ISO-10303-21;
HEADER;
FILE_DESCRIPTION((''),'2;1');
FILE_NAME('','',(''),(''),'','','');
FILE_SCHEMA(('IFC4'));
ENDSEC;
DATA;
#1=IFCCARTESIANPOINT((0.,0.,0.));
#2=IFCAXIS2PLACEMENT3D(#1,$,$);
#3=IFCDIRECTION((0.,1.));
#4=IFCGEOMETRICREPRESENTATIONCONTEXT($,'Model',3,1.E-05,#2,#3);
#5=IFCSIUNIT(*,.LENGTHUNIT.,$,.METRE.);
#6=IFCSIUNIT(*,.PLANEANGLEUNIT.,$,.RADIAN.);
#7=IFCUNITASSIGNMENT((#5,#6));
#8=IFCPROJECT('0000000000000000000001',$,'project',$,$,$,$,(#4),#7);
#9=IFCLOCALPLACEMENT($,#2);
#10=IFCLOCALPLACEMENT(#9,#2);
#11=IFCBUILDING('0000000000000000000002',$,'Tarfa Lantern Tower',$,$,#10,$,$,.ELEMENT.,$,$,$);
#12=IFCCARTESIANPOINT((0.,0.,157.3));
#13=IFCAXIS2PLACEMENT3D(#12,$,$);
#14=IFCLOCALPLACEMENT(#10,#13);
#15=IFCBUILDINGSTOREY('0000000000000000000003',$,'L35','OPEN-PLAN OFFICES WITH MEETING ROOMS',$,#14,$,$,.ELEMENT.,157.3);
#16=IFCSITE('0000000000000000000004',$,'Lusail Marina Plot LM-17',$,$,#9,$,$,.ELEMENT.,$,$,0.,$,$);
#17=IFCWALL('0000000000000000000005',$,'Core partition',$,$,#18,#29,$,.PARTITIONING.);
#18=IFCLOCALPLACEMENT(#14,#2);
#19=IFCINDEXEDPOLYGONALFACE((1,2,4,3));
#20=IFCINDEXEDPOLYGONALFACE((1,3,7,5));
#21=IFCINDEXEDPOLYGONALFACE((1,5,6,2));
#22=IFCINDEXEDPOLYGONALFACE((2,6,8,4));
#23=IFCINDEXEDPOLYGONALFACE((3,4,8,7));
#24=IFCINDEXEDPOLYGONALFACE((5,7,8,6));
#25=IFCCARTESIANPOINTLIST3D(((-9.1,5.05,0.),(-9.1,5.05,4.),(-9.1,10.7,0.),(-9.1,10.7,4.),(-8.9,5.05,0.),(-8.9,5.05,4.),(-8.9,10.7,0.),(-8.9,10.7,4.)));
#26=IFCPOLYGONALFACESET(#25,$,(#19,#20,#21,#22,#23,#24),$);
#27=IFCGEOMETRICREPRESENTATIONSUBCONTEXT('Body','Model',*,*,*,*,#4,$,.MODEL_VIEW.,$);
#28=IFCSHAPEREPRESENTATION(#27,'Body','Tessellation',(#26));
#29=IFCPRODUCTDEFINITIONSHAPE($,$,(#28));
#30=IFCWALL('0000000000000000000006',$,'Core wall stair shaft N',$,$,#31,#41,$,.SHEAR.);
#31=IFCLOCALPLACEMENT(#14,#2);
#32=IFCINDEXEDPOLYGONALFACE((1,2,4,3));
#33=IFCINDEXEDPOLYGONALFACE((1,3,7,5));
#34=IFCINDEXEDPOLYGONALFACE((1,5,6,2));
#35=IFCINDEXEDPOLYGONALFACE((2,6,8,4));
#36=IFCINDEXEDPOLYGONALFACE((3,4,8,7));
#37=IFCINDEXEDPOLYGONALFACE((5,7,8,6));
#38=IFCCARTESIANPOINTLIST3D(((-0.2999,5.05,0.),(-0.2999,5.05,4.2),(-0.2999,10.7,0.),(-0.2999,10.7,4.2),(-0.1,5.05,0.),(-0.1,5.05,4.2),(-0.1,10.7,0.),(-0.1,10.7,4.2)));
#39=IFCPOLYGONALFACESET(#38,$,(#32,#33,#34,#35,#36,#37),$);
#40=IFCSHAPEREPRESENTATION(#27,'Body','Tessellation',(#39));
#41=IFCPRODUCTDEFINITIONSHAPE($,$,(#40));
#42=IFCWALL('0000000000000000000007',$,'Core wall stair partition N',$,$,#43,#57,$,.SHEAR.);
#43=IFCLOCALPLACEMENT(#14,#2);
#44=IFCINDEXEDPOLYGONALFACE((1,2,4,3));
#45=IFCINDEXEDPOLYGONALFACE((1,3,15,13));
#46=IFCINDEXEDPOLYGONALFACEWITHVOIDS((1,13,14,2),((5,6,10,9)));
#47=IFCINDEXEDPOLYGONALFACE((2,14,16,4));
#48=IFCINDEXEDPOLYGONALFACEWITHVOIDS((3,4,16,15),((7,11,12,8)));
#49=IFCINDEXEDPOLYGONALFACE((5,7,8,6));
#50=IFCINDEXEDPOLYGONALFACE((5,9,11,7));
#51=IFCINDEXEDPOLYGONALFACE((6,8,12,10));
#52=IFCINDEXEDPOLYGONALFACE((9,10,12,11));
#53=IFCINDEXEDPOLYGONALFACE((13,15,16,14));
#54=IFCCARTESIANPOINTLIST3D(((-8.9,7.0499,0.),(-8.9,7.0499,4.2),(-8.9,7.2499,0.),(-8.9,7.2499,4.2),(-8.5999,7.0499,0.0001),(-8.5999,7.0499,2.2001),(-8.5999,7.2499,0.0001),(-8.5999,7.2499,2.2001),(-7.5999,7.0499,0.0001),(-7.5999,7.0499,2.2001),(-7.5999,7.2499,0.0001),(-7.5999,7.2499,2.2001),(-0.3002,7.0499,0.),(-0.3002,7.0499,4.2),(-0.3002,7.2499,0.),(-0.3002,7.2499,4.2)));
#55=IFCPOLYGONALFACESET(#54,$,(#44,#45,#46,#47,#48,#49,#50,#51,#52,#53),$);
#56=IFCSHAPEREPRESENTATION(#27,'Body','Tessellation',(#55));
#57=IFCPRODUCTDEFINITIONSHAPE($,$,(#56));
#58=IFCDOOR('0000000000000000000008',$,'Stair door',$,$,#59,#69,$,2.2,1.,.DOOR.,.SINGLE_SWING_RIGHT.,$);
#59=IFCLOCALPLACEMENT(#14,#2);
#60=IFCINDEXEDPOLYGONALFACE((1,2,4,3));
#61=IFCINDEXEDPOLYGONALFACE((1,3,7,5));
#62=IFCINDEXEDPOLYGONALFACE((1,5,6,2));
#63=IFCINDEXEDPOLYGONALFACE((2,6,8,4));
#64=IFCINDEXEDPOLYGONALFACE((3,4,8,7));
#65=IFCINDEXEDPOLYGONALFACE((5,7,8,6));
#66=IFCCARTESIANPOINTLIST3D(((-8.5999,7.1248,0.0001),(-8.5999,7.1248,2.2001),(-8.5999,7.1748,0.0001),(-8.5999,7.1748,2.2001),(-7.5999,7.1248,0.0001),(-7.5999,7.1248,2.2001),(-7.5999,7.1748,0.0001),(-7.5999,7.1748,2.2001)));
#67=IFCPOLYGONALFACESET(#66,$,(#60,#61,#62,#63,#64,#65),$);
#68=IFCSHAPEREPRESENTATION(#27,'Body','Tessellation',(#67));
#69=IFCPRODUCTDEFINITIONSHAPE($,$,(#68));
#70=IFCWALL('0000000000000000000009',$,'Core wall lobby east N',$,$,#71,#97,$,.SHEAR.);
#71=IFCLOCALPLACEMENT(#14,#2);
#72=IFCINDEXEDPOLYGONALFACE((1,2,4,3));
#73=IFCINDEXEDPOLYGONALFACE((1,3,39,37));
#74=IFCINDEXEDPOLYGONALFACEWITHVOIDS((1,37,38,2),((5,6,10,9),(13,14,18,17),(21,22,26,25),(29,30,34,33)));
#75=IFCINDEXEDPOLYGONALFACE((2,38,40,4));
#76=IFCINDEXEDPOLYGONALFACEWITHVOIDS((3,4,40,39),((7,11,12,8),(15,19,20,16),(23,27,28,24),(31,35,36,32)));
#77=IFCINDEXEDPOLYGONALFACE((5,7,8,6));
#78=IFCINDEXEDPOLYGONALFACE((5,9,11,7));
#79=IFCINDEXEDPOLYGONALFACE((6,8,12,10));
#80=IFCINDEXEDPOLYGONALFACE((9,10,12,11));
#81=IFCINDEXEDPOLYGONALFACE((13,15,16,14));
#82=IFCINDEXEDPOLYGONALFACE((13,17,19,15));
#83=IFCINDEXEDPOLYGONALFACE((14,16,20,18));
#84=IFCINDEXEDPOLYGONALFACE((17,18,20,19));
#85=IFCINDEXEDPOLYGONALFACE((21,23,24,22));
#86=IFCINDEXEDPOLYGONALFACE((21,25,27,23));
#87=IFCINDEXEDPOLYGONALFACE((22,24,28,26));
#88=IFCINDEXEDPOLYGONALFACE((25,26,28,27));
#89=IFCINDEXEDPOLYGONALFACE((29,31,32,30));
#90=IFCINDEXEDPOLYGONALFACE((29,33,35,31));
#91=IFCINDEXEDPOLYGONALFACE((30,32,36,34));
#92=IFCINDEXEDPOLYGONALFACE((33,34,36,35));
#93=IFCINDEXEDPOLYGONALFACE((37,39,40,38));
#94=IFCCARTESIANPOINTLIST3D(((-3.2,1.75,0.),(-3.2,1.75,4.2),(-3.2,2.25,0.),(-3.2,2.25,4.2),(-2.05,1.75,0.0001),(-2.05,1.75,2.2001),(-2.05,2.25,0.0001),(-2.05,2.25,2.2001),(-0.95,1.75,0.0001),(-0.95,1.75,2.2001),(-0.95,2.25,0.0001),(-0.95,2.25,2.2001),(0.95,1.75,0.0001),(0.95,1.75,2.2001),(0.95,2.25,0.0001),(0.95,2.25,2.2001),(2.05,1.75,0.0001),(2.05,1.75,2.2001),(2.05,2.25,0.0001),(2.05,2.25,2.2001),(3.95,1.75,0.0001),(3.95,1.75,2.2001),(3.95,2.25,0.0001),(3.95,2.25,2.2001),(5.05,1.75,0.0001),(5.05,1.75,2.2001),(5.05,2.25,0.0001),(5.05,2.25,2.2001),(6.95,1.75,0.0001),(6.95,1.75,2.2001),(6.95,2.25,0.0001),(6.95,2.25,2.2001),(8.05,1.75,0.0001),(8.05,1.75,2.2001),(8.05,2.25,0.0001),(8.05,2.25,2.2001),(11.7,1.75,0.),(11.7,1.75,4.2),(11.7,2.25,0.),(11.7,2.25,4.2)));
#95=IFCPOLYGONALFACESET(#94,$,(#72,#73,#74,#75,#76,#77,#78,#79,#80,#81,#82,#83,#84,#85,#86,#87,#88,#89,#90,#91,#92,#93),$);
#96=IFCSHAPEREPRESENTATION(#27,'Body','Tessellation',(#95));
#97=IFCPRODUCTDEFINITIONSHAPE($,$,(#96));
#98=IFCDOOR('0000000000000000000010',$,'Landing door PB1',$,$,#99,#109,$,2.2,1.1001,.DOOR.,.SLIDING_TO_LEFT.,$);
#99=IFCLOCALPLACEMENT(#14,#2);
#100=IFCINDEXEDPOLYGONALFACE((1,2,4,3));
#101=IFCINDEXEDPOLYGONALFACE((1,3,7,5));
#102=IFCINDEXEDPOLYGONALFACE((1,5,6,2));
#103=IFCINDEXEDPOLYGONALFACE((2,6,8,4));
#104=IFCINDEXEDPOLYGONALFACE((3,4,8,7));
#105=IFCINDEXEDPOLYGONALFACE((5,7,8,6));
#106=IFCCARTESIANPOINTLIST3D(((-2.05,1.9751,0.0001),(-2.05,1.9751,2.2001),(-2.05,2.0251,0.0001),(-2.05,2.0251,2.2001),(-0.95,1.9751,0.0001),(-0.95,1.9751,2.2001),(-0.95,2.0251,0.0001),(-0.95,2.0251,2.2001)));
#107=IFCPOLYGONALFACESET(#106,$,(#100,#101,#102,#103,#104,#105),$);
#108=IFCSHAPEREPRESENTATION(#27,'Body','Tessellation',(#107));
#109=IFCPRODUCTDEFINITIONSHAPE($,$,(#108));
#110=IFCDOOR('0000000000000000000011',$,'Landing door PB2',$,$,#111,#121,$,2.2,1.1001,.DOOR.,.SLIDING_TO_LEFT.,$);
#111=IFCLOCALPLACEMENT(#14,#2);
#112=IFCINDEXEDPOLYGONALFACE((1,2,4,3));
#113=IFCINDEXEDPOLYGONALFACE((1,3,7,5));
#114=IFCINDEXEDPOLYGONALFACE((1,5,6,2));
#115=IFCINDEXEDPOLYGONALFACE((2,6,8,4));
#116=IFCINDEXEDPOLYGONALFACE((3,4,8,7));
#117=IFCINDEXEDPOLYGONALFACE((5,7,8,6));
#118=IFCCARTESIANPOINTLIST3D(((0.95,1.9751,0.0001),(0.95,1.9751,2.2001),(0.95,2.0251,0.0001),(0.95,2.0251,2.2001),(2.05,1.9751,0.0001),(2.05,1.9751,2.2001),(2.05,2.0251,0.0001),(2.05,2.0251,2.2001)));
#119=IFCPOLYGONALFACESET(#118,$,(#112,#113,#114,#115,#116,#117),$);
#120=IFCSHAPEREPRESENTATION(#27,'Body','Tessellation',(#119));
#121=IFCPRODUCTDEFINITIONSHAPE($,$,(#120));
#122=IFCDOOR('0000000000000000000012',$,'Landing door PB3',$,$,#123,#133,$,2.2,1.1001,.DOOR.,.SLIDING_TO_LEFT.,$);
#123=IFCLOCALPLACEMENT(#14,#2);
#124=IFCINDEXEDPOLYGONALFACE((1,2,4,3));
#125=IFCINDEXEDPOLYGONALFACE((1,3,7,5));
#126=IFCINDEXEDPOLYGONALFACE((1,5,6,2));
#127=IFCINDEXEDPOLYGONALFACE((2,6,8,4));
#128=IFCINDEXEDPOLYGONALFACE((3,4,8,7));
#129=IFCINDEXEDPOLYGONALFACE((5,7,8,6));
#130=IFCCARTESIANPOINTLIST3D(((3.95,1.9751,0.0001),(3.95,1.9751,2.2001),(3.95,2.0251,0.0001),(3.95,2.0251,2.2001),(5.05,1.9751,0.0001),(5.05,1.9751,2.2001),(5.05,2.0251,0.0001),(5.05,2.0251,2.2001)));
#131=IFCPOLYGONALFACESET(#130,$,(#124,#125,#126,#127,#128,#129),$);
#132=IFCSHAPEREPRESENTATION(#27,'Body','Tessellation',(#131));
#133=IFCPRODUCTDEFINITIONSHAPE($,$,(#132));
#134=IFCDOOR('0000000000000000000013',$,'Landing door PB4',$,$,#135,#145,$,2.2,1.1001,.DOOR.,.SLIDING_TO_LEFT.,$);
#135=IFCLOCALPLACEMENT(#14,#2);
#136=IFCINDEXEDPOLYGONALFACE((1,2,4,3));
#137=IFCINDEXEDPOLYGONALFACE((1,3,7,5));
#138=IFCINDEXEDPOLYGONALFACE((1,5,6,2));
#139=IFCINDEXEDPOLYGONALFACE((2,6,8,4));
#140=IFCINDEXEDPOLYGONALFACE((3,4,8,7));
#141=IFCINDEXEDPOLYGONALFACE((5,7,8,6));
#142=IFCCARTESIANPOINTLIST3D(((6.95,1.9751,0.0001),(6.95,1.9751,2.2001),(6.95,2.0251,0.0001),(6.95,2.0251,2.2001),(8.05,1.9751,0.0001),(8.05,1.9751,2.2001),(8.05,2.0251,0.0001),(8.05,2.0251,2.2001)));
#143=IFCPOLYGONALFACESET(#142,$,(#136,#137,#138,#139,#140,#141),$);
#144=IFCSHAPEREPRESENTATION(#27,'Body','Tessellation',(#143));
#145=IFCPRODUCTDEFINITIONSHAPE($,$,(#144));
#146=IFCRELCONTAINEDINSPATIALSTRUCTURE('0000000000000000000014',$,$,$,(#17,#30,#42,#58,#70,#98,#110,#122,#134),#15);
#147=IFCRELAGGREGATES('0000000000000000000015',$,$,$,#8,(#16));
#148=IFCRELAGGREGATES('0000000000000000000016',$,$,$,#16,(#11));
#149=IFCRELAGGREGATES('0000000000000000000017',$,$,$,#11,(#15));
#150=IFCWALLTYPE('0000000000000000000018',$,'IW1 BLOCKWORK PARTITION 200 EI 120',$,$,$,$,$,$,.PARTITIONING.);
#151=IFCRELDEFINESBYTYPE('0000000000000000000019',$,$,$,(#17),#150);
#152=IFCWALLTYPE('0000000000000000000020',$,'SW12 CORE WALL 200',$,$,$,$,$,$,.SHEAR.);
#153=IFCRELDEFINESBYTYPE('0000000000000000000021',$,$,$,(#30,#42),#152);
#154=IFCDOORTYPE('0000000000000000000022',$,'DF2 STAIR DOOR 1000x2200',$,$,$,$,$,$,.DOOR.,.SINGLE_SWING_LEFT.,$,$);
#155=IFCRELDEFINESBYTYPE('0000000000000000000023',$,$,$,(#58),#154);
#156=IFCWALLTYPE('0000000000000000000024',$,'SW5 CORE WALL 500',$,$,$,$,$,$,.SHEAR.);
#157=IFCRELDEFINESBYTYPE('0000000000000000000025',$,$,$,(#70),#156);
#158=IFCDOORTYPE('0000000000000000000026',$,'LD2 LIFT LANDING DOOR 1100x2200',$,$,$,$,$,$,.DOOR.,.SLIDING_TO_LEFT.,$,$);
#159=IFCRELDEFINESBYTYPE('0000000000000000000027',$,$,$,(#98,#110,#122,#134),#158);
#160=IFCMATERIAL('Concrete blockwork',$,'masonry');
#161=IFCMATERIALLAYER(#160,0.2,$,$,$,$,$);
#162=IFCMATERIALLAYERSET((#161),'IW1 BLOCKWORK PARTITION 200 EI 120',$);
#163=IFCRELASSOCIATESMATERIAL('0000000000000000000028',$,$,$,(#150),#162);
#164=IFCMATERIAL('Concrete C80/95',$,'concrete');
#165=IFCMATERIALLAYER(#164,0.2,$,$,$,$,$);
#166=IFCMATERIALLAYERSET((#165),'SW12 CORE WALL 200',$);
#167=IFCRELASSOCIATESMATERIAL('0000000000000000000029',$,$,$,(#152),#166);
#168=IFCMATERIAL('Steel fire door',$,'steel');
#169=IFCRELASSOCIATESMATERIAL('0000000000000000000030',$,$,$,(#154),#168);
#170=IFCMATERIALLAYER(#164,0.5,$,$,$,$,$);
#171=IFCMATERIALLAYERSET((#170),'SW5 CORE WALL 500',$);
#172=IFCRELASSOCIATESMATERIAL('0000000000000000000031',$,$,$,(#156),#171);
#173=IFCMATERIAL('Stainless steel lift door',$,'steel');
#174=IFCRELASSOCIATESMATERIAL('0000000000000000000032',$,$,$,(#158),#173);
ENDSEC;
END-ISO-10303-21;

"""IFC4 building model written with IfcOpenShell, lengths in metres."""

from ifc_helpers import new_model, si_unit, direction, frame, frame_2d, origin, place, context, subcontext, project, spatial, rectangle, extrude, material, layer, layer_set, type_object, element, fill, save


model = new_model("IFC4")

# Units and contexts
model_context = context("Model", 3, precision=1e-05, world=origin(), true_north=direction((0.0, 1.0)))
body_context = subcontext(model_context, "Body", "Model", "MODEL_VIEW")
ifc_project = project(units=[si_unit("LENGTHUNIT", "METRE"), si_unit("PLANEANGLEUNIT", "RADIAN")], contexts=[model_context])

# Site, building, storey
site_placement = place(None, origin())
site = spatial("IfcSite", under=ifc_project, at=site_placement, Name="Lusail Marina Plot LM-17", CompositionType="ELEMENT", RefElevation=0.0)
building_placement = place(site_placement, origin())
building = spatial("IfcBuilding", under=site, at=building_placement, Name="Tarfa Lantern Tower", CompositionType="ELEMENT")
storey_placement = place(building_placement, frame((0.0, 0.0, 157.3)))
storey = spatial("IfcBuildingStorey", under=building, at=storey_placement, Name="L35", Description="OPEN-PLAN OFFICES WITH MEETING ROOMS", CompositionType="ELEMENT", Elevation=157.3)

# Walls
ifc_material_1 = material(Name="Concrete blockwork", Category="masonry")
ifc_layer_1 = layer(ifc_material_1, 0.2)
ifc_layer_set_1 = layer_set([ifc_layer_1], Name="IW1 BLOCKWORK PARTITION 200 EI 120")
wall_type_1 = type_object("IfcWallType", Name="IW1 BLOCKWORK PARTITION 200 EI 120", PredefinedType="PARTITIONING", material=ifc_layer_set_1)
wall_1_placement = place(storey_placement, frame((-9.0, 5.05, 0.0), z_axis=(0.0, 0.0, 1.0), x_axis=(0.0, 1.0, 0.0)))
element("IfcWall", 1, at=wall_1_placement, inside=storey, type_object=wall_type_1, Name="Core partition", PredefinedType="PARTITIONING", context=body_context, shape_type="SweptSolid", body=[
    extrude(rectangle(XDim=5.6499, YDim=0.2, at=frame_2d((2.825, 0.0))), origin(), (0.0, 0.0, 1.0), 4.0),
])
ifc_material_2 = material(Name="Concrete C80/95", Category="concrete")
ifc_layer_2 = layer(ifc_material_2, 0.2)
ifc_layer_set_2 = layer_set([ifc_layer_2], Name="SW12 CORE WALL 200")
wall_type_2 = type_object("IfcWallType", Name="SW12 CORE WALL 200", PredefinedType="SHEAR", material=ifc_layer_set_2)
wall_2_placement = place(storey_placement, frame((-0.2, 5.05, 0.0), z_axis=(0.0, 0.0, 1.0), x_axis=(0.0, 1.0, 0.0)))
element("IfcWall", 2, at=wall_2_placement, inside=storey, type_object=wall_type_2, Name="Core wall stair shaft N", PredefinedType="SHEAR", context=body_context, shape_type="SweptSolid", body=[
    extrude(rectangle(XDim=5.6499, YDim=0.2, at=frame_2d((2.825, 0.0))), origin(), (0.0, 0.0, 1.0), 4.2),
])

# Wall, opening, door
wall_3_placement = place(storey_placement, frame((-8.8999, 7.1499, 0.0), z_axis=(0.0, 0.0, 1.0), x_axis=(1.0, 0.0, 0.0)))
wall_3 = element("IfcWall", 3, at=wall_3_placement, inside=storey, type_object=wall_type_2, Name="Core wall stair partition N", PredefinedType="SHEAR", context=body_context, shape_type="SweptSolid", body=[
    extrude(rectangle(XDim=8.5999, YDim=0.2, at=frame_2d((4.2998, 0.0))), origin(), (0.0, 0.0, 1.0), 4.2),
])
opening_1_placement = place(wall_3_placement, frame((0.3, 0.0, 0.0)))
opening_1 = element("IfcOpeningElement", 4, at=opening_1_placement, cuts=wall_3, PredefinedType="OPENING", context=body_context, shape_type="SweptSolid", body=[
    extrude(rectangle(XDim=1.0, YDim=2.2, at=frame_2d((0.5, 1.1001))), frame((0.0, 0.1099, 0.0), z_axis=(0.0, -1.0, 0.0), x_axis=(1.0, 0.0, 0.0)), (0.0, 0.0, 1.0), 0.22),
])
ifc_material_3 = material(Name="Steel fire door", Category="steel")
door_type_1 = type_object("IfcDoorType", Name="DF2 STAIR DOOR 1000x2200", OperationType="SINGLE_SWING_LEFT", PredefinedType="DOOR", material=ifc_material_3)
door_1_placement = place(opening_1_placement, origin())
door_1 = element("IfcDoor", 5, at=door_1_placement, inside=storey, type_object=door_type_1, Name="Stair door", OperationType="SINGLE_SWING_RIGHT", OverallHeight=2.2, OverallWidth=1.0, PredefinedType="DOOR", context=body_context, shape_type="SweptSolid", body=[
    extrude(rectangle(XDim=1.0, YDim=2.2, at=frame_2d((0.5, 1.1001))), frame((0.0, 0.0249, 0.0), z_axis=(0.0, -1.0, 0.0), x_axis=(1.0, 0.0, 0.0)), (0.0, 0.0, 1.0), 0.05),
])
fill(opening_1, door_1)

# Wall, openings, doors
ifc_layer_3 = layer(ifc_material_2, 0.5)
ifc_layer_set_3 = layer_set([ifc_layer_3], Name="SW5 CORE WALL 500")
wall_type_3 = type_object("IfcWallType", Name="SW5 CORE WALL 500", PredefinedType="SHEAR", material=ifc_layer_set_3)
wall_4_placement = place(storey_placement, frame((-3.2, 2.0, 0.0), z_axis=(0.0, 0.0, 1.0), x_axis=(1.0, 0.0, 0.0)))
wall_4 = element("IfcWall", 6, at=wall_4_placement, inside=storey, type_object=wall_type_3, Name="Core wall lobby east N", PredefinedType="SHEAR", context=body_context, shape_type="SweptSolid", body=[
    extrude(rectangle(XDim=14.8999, YDim=0.5, at=frame_2d((7.45, 0.0))), origin(), (0.0, 0.0, 1.0), 4.2),
])
opening_2_placement = place(wall_4_placement, frame((1.1499, 0.0, 0.0)))
opening_2 = element("IfcOpeningElement", 7, at=opening_2_placement, cuts=wall_4, PredefinedType="OPENING", context=body_context, shape_type="SweptSolid", body=[
    extrude(rectangle(XDim=1.1001, YDim=2.2, at=frame_2d((0.55, 1.1001))), frame((0.0, 0.26, 0.0), z_axis=(0.0, -1.0, 0.0), x_axis=(1.0, 0.0, 0.0)), (0.0, 0.0, 1.0), 0.52),
])
opening_3_placement = place(wall_4_placement, frame((4.1499, 0.0, 0.0)))
opening_3 = element("IfcOpeningElement", 8, at=opening_3_placement, cuts=wall_4, PredefinedType="OPENING", context=body_context, shape_type="SweptSolid", body=[
    extrude(rectangle(XDim=1.1001, YDim=2.2, at=frame_2d((0.55, 1.1001))), frame((0.0, 0.26, 0.0), z_axis=(0.0, -1.0, 0.0), x_axis=(1.0, 0.0, 0.0)), (0.0, 0.0, 1.0), 0.52),
])
opening_4_placement = place(wall_4_placement, frame((7.1499, 0.0, 0.0)))
opening_4 = element("IfcOpeningElement", 9, at=opening_4_placement, cuts=wall_4, PredefinedType="OPENING", context=body_context, shape_type="SweptSolid", body=[
    extrude(rectangle(XDim=1.1001, YDim=2.2, at=frame_2d((0.55, 1.1001))), frame((0.0, 0.26, 0.0), z_axis=(0.0, -1.0, 0.0), x_axis=(1.0, 0.0, 0.0)), (0.0, 0.0, 1.0), 0.52),
])
opening_5_placement = place(wall_4_placement, frame((10.1499, 0.0, 0.0)))
opening_5 = element("IfcOpeningElement", 10, at=opening_5_placement, cuts=wall_4, PredefinedType="OPENING", context=body_context, shape_type="SweptSolid", body=[
    extrude(rectangle(XDim=1.1001, YDim=2.2, at=frame_2d((0.55, 1.1001))), frame((0.0, 0.26, 0.0), z_axis=(0.0, -1.0, 0.0), x_axis=(1.0, 0.0, 0.0)), (0.0, 0.0, 1.0), 0.52),
])
ifc_material_4 = material(Name="Stainless steel lift door", Category="steel")
door_type_2 = type_object("IfcDoorType", Name="LD2 LIFT LANDING DOOR 1100x2200", OperationType="SLIDING_TO_LEFT", PredefinedType="DOOR", material=ifc_material_4)
door_2_placement = place(opening_2_placement, frame((1.1001, 0.0, 0.0), z_axis=(0.0, 0.0, 1.0), x_axis=(-1.0, 0.0, 0.0)))
door_2 = element("IfcDoor", 11, at=door_2_placement, inside=storey, type_object=door_type_2, Name="Landing door PB1", OperationType="SLIDING_TO_LEFT", OverallHeight=2.2, OverallWidth=1.1001, PredefinedType="DOOR", context=body_context, shape_type="SweptSolid", body=[
    extrude(rectangle(XDim=1.1001, YDim=2.2, at=frame_2d((0.55, 1.1001))), frame((0.0, 0.0249, 0.0), z_axis=(0.0, -1.0, 0.0), x_axis=(1.0, 0.0, 0.0)), (0.0, 0.0, 1.0), 0.05),
])
fill(opening_2, door_2)
door_3_placement = place(opening_3_placement, frame((1.1001, 0.0, 0.0), z_axis=(0.0, 0.0, 1.0), x_axis=(-1.0, 0.0, 0.0)))
door_3 = element("IfcDoor", 12, at=door_3_placement, inside=storey, type_object=door_type_2, Name="Landing door PB2", OperationType="SLIDING_TO_LEFT", OverallHeight=2.2, OverallWidth=1.1001, PredefinedType="DOOR", context=body_context, shape_type="SweptSolid", body=[
    extrude(rectangle(XDim=1.1001, YDim=2.2, at=frame_2d((0.55, 1.1001))), frame((0.0, 0.0249, 0.0), z_axis=(0.0, -1.0, 0.0), x_axis=(1.0, 0.0, 0.0)), (0.0, 0.0, 1.0), 0.05),
])
fill(opening_3, door_3)
door_4_placement = place(opening_4_placement, frame((1.1001, 0.0, 0.0), z_axis=(0.0, 0.0, 1.0), x_axis=(-1.0, 0.0, 0.0)))
door_4 = element("IfcDoor", 13, at=door_4_placement, inside=storey, type_object=door_type_2, Name="Landing door PB3", OperationType="SLIDING_TO_LEFT", OverallHeight=2.2, OverallWidth=1.1001, PredefinedType="DOOR", context=body_context, shape_type="SweptSolid", body=[
    extrude(rectangle(XDim=1.1001, YDim=2.2, at=frame_2d((0.55, 1.1001))), frame((0.0, 0.0249, 0.0), z_axis=(0.0, -1.0, 0.0), x_axis=(1.0, 0.0, 0.0)), (0.0, 0.0, 1.0), 0.05),
])
fill(opening_4, door_4)
door_5_placement = place(opening_5_placement, frame((1.1001, 0.0, 0.0), z_axis=(0.0, 0.0, 1.0), x_axis=(-1.0, 0.0, 0.0)))
door_5 = element("IfcDoor", 14, at=door_5_placement, inside=storey, type_object=door_type_2, Name="Landing door PB4", OperationType="SLIDING_TO_LEFT", OverallHeight=2.2, OverallWidth=1.1001, PredefinedType="DOOR", context=body_context, shape_type="SweptSolid", body=[
    extrude(rectangle(XDim=1.1001, YDim=2.2, at=frame_2d((0.55, 1.1001))), frame((0.0, 0.0249, 0.0), z_axis=(0.0, -1.0, 0.0), x_axis=(1.0, 0.0, 0.0)), (0.0, 0.0, 1.0), 0.05),
])
fill(opening_5, door_5)

save(model, "model.ifc")
